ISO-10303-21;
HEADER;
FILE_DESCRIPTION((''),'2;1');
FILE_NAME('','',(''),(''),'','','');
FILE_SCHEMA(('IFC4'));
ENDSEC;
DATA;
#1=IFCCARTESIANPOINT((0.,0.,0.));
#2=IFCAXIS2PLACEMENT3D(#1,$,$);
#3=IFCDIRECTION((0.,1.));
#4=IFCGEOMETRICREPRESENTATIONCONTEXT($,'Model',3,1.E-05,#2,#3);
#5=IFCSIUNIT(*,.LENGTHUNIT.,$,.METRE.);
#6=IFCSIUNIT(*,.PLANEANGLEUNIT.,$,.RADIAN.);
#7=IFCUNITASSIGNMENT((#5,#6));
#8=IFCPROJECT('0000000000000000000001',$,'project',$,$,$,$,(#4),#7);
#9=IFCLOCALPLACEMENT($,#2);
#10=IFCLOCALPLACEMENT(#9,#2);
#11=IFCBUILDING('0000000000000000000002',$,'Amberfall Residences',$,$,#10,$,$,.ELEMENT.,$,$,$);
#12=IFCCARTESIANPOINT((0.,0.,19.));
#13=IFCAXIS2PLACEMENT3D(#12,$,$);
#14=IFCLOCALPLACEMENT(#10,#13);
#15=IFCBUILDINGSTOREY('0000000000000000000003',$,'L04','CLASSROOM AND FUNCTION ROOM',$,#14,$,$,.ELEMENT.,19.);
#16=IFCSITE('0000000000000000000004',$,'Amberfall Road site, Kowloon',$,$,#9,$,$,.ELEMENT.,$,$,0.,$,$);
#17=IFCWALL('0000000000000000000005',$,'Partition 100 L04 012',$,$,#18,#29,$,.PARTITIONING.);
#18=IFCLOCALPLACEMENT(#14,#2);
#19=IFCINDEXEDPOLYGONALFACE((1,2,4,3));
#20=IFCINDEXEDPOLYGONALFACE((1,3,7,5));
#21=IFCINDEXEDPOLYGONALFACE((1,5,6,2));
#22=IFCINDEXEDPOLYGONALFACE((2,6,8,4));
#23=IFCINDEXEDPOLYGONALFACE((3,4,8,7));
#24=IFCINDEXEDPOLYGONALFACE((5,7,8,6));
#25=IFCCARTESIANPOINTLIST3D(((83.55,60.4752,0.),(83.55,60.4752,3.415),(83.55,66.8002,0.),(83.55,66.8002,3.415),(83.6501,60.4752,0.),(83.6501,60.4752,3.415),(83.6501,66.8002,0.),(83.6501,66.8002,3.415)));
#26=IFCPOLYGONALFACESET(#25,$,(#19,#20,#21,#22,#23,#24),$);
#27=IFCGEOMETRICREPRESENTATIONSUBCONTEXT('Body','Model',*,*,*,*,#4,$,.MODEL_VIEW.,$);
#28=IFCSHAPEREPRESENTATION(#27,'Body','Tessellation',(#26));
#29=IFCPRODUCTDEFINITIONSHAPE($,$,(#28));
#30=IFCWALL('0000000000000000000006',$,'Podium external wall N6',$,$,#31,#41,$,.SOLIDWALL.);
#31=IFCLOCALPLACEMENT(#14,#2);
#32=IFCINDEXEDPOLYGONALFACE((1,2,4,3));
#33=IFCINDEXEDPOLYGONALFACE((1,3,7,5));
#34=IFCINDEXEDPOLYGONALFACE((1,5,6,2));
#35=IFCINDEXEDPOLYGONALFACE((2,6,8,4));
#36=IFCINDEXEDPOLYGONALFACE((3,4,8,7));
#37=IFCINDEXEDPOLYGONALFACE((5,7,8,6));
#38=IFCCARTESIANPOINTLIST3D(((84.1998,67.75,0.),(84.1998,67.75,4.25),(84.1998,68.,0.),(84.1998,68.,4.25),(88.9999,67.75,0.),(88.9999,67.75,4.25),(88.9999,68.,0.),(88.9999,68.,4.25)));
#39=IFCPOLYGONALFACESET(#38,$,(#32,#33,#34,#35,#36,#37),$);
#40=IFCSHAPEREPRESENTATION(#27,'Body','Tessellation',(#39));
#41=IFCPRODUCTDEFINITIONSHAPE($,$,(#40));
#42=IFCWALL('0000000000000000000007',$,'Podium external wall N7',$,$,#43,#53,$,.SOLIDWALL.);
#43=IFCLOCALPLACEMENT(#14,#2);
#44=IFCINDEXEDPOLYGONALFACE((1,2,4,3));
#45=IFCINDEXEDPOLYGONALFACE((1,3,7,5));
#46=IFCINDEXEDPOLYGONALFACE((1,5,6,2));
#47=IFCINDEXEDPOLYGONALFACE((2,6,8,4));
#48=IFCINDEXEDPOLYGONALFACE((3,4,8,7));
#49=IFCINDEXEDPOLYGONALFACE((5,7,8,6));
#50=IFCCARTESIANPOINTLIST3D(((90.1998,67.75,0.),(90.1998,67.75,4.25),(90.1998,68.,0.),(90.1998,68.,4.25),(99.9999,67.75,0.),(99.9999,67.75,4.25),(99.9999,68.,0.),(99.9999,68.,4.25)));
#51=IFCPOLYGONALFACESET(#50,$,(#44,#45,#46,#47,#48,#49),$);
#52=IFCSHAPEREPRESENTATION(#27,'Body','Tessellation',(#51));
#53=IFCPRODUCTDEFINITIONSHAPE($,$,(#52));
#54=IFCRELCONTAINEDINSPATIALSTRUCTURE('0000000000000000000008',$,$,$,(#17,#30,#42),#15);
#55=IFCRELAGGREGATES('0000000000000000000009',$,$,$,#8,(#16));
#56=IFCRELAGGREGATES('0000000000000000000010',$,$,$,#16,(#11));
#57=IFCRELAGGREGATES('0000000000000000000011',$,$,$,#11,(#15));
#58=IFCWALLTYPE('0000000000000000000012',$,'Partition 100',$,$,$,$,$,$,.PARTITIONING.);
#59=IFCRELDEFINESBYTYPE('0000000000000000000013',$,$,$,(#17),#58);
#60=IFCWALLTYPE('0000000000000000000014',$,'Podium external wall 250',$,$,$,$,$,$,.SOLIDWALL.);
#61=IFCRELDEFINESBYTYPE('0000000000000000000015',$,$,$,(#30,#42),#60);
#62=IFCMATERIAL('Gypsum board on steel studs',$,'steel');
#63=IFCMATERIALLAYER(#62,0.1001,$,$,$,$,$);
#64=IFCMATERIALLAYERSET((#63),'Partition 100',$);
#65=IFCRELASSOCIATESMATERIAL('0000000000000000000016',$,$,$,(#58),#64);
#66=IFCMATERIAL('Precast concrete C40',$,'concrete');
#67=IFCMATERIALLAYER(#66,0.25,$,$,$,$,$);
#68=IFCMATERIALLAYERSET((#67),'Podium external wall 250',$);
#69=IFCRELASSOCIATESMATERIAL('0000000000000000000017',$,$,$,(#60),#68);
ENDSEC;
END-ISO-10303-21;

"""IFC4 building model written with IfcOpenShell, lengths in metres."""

from ifc_helpers import new_model, si_unit, direction, frame, frame_2d, origin, place, context, subcontext, project, spatial, rectangle, extrude, material, layer, layer_set, type_object, element, save


model = new_model("IFC4")

# Units and contexts
model_context = context("Model", 3, precision=1e-05, world=origin(), true_north=direction((0.0, 1.0)))
body_context = subcontext(model_context, "Body", "Model", "MODEL_VIEW")
ifc_project = project(units=[si_unit("LENGTHUNIT", "METRE"), si_unit("PLANEANGLEUNIT", "RADIAN")], contexts=[model_context])

# Site, building, storey
site_placement = place(None, origin())
site = spatial("IfcSite", under=ifc_project, at=site_placement, Name="Amberfall Road site, Kowloon", CompositionType="ELEMENT", RefElevation=0.0)
building_placement = place(site_placement, origin())
building = spatial("IfcBuilding", under=site, at=building_placement, Name="Amberfall Residences", CompositionType="ELEMENT")
storey_placement = place(building_placement, frame((0.0, 0.0, 19.0)))
storey = spatial("IfcBuildingStorey", under=building, at=storey_placement, Name="L04", Description="CLASSROOM AND FUNCTION ROOM", CompositionType="ELEMENT", Elevation=19.0)

# Walls
ifc_material_1 = material(Name="Gypsum board on steel studs", Category="steel")
ifc_layer_1 = layer(ifc_material_1, 0.1001)
ifc_layer_set_1 = layer_set([ifc_layer_1], Name="Partition 100")
wall_type_1 = type_object("IfcWallType", Name="Partition 100", PredefinedType="PARTITIONING", material=ifc_layer_set_1)
wall_1_placement = place(storey_placement, frame((83.6001, 60.4751, 0.0), z_axis=(0.0, 0.0, 1.0), x_axis=(0.0, 1.0, 0.0)))
element("IfcWall", 1, at=wall_1_placement, inside=storey, type_object=wall_type_1, Name="Partition 100 L04 012", PredefinedType="PARTITIONING", context=body_context, shape_type="SweptSolid", body=[
    extrude(rectangle(XDim=6.325, YDim=0.1001, at=frame_2d((3.1626, 0.0))), origin(), (0.0, 0.0, 1.0), 3.415),
])
ifc_material_2 = material(Name="Precast concrete C40", Category="concrete")
ifc_layer_2 = layer(ifc_material_2, 0.25)
ifc_layer_set_2 = layer_set([ifc_layer_2], Name="Podium external wall 250")
wall_type_2 = type_object("IfcWallType", Name="Podium external wall 250", PredefinedType="SOLIDWALL", material=ifc_layer_set_2)
wall_2_placement = place(storey_placement, frame((84.2, 67.875, 0.0), z_axis=(0.0, 0.0, 1.0), x_axis=(1.0, 0.0, 0.0)))
element("IfcWall", 2, at=wall_2_placement, inside=storey, type_object=wall_type_2, Name="Podium external wall N6", PredefinedType="SOLIDWALL", context=body_context, shape_type="SweptSolid", body=[
    extrude(rectangle(XDim=4.8, YDim=0.25, at=frame_2d((2.3999, 0.0))), origin(), (0.0, 0.0, 1.0), 4.25),
])
wall_3_placement = place(storey_placement, frame((90.2, 67.875, 0.0), z_axis=(0.0, 0.0, 1.0), x_axis=(1.0, 0.0, 0.0)))
element("IfcWall", 3, at=wall_3_placement, inside=storey, type_object=wall_type_2, Name="Podium external wall N7", PredefinedType="SOLIDWALL", context=body_context, shape_type="SweptSolid", body=[
    extrude(rectangle(XDim=9.8, YDim=0.25, at=frame_2d((4.8999, 0.0))), origin(), (0.0, 0.0, 1.0), 4.25),
])

save(model, "model.ifc")
